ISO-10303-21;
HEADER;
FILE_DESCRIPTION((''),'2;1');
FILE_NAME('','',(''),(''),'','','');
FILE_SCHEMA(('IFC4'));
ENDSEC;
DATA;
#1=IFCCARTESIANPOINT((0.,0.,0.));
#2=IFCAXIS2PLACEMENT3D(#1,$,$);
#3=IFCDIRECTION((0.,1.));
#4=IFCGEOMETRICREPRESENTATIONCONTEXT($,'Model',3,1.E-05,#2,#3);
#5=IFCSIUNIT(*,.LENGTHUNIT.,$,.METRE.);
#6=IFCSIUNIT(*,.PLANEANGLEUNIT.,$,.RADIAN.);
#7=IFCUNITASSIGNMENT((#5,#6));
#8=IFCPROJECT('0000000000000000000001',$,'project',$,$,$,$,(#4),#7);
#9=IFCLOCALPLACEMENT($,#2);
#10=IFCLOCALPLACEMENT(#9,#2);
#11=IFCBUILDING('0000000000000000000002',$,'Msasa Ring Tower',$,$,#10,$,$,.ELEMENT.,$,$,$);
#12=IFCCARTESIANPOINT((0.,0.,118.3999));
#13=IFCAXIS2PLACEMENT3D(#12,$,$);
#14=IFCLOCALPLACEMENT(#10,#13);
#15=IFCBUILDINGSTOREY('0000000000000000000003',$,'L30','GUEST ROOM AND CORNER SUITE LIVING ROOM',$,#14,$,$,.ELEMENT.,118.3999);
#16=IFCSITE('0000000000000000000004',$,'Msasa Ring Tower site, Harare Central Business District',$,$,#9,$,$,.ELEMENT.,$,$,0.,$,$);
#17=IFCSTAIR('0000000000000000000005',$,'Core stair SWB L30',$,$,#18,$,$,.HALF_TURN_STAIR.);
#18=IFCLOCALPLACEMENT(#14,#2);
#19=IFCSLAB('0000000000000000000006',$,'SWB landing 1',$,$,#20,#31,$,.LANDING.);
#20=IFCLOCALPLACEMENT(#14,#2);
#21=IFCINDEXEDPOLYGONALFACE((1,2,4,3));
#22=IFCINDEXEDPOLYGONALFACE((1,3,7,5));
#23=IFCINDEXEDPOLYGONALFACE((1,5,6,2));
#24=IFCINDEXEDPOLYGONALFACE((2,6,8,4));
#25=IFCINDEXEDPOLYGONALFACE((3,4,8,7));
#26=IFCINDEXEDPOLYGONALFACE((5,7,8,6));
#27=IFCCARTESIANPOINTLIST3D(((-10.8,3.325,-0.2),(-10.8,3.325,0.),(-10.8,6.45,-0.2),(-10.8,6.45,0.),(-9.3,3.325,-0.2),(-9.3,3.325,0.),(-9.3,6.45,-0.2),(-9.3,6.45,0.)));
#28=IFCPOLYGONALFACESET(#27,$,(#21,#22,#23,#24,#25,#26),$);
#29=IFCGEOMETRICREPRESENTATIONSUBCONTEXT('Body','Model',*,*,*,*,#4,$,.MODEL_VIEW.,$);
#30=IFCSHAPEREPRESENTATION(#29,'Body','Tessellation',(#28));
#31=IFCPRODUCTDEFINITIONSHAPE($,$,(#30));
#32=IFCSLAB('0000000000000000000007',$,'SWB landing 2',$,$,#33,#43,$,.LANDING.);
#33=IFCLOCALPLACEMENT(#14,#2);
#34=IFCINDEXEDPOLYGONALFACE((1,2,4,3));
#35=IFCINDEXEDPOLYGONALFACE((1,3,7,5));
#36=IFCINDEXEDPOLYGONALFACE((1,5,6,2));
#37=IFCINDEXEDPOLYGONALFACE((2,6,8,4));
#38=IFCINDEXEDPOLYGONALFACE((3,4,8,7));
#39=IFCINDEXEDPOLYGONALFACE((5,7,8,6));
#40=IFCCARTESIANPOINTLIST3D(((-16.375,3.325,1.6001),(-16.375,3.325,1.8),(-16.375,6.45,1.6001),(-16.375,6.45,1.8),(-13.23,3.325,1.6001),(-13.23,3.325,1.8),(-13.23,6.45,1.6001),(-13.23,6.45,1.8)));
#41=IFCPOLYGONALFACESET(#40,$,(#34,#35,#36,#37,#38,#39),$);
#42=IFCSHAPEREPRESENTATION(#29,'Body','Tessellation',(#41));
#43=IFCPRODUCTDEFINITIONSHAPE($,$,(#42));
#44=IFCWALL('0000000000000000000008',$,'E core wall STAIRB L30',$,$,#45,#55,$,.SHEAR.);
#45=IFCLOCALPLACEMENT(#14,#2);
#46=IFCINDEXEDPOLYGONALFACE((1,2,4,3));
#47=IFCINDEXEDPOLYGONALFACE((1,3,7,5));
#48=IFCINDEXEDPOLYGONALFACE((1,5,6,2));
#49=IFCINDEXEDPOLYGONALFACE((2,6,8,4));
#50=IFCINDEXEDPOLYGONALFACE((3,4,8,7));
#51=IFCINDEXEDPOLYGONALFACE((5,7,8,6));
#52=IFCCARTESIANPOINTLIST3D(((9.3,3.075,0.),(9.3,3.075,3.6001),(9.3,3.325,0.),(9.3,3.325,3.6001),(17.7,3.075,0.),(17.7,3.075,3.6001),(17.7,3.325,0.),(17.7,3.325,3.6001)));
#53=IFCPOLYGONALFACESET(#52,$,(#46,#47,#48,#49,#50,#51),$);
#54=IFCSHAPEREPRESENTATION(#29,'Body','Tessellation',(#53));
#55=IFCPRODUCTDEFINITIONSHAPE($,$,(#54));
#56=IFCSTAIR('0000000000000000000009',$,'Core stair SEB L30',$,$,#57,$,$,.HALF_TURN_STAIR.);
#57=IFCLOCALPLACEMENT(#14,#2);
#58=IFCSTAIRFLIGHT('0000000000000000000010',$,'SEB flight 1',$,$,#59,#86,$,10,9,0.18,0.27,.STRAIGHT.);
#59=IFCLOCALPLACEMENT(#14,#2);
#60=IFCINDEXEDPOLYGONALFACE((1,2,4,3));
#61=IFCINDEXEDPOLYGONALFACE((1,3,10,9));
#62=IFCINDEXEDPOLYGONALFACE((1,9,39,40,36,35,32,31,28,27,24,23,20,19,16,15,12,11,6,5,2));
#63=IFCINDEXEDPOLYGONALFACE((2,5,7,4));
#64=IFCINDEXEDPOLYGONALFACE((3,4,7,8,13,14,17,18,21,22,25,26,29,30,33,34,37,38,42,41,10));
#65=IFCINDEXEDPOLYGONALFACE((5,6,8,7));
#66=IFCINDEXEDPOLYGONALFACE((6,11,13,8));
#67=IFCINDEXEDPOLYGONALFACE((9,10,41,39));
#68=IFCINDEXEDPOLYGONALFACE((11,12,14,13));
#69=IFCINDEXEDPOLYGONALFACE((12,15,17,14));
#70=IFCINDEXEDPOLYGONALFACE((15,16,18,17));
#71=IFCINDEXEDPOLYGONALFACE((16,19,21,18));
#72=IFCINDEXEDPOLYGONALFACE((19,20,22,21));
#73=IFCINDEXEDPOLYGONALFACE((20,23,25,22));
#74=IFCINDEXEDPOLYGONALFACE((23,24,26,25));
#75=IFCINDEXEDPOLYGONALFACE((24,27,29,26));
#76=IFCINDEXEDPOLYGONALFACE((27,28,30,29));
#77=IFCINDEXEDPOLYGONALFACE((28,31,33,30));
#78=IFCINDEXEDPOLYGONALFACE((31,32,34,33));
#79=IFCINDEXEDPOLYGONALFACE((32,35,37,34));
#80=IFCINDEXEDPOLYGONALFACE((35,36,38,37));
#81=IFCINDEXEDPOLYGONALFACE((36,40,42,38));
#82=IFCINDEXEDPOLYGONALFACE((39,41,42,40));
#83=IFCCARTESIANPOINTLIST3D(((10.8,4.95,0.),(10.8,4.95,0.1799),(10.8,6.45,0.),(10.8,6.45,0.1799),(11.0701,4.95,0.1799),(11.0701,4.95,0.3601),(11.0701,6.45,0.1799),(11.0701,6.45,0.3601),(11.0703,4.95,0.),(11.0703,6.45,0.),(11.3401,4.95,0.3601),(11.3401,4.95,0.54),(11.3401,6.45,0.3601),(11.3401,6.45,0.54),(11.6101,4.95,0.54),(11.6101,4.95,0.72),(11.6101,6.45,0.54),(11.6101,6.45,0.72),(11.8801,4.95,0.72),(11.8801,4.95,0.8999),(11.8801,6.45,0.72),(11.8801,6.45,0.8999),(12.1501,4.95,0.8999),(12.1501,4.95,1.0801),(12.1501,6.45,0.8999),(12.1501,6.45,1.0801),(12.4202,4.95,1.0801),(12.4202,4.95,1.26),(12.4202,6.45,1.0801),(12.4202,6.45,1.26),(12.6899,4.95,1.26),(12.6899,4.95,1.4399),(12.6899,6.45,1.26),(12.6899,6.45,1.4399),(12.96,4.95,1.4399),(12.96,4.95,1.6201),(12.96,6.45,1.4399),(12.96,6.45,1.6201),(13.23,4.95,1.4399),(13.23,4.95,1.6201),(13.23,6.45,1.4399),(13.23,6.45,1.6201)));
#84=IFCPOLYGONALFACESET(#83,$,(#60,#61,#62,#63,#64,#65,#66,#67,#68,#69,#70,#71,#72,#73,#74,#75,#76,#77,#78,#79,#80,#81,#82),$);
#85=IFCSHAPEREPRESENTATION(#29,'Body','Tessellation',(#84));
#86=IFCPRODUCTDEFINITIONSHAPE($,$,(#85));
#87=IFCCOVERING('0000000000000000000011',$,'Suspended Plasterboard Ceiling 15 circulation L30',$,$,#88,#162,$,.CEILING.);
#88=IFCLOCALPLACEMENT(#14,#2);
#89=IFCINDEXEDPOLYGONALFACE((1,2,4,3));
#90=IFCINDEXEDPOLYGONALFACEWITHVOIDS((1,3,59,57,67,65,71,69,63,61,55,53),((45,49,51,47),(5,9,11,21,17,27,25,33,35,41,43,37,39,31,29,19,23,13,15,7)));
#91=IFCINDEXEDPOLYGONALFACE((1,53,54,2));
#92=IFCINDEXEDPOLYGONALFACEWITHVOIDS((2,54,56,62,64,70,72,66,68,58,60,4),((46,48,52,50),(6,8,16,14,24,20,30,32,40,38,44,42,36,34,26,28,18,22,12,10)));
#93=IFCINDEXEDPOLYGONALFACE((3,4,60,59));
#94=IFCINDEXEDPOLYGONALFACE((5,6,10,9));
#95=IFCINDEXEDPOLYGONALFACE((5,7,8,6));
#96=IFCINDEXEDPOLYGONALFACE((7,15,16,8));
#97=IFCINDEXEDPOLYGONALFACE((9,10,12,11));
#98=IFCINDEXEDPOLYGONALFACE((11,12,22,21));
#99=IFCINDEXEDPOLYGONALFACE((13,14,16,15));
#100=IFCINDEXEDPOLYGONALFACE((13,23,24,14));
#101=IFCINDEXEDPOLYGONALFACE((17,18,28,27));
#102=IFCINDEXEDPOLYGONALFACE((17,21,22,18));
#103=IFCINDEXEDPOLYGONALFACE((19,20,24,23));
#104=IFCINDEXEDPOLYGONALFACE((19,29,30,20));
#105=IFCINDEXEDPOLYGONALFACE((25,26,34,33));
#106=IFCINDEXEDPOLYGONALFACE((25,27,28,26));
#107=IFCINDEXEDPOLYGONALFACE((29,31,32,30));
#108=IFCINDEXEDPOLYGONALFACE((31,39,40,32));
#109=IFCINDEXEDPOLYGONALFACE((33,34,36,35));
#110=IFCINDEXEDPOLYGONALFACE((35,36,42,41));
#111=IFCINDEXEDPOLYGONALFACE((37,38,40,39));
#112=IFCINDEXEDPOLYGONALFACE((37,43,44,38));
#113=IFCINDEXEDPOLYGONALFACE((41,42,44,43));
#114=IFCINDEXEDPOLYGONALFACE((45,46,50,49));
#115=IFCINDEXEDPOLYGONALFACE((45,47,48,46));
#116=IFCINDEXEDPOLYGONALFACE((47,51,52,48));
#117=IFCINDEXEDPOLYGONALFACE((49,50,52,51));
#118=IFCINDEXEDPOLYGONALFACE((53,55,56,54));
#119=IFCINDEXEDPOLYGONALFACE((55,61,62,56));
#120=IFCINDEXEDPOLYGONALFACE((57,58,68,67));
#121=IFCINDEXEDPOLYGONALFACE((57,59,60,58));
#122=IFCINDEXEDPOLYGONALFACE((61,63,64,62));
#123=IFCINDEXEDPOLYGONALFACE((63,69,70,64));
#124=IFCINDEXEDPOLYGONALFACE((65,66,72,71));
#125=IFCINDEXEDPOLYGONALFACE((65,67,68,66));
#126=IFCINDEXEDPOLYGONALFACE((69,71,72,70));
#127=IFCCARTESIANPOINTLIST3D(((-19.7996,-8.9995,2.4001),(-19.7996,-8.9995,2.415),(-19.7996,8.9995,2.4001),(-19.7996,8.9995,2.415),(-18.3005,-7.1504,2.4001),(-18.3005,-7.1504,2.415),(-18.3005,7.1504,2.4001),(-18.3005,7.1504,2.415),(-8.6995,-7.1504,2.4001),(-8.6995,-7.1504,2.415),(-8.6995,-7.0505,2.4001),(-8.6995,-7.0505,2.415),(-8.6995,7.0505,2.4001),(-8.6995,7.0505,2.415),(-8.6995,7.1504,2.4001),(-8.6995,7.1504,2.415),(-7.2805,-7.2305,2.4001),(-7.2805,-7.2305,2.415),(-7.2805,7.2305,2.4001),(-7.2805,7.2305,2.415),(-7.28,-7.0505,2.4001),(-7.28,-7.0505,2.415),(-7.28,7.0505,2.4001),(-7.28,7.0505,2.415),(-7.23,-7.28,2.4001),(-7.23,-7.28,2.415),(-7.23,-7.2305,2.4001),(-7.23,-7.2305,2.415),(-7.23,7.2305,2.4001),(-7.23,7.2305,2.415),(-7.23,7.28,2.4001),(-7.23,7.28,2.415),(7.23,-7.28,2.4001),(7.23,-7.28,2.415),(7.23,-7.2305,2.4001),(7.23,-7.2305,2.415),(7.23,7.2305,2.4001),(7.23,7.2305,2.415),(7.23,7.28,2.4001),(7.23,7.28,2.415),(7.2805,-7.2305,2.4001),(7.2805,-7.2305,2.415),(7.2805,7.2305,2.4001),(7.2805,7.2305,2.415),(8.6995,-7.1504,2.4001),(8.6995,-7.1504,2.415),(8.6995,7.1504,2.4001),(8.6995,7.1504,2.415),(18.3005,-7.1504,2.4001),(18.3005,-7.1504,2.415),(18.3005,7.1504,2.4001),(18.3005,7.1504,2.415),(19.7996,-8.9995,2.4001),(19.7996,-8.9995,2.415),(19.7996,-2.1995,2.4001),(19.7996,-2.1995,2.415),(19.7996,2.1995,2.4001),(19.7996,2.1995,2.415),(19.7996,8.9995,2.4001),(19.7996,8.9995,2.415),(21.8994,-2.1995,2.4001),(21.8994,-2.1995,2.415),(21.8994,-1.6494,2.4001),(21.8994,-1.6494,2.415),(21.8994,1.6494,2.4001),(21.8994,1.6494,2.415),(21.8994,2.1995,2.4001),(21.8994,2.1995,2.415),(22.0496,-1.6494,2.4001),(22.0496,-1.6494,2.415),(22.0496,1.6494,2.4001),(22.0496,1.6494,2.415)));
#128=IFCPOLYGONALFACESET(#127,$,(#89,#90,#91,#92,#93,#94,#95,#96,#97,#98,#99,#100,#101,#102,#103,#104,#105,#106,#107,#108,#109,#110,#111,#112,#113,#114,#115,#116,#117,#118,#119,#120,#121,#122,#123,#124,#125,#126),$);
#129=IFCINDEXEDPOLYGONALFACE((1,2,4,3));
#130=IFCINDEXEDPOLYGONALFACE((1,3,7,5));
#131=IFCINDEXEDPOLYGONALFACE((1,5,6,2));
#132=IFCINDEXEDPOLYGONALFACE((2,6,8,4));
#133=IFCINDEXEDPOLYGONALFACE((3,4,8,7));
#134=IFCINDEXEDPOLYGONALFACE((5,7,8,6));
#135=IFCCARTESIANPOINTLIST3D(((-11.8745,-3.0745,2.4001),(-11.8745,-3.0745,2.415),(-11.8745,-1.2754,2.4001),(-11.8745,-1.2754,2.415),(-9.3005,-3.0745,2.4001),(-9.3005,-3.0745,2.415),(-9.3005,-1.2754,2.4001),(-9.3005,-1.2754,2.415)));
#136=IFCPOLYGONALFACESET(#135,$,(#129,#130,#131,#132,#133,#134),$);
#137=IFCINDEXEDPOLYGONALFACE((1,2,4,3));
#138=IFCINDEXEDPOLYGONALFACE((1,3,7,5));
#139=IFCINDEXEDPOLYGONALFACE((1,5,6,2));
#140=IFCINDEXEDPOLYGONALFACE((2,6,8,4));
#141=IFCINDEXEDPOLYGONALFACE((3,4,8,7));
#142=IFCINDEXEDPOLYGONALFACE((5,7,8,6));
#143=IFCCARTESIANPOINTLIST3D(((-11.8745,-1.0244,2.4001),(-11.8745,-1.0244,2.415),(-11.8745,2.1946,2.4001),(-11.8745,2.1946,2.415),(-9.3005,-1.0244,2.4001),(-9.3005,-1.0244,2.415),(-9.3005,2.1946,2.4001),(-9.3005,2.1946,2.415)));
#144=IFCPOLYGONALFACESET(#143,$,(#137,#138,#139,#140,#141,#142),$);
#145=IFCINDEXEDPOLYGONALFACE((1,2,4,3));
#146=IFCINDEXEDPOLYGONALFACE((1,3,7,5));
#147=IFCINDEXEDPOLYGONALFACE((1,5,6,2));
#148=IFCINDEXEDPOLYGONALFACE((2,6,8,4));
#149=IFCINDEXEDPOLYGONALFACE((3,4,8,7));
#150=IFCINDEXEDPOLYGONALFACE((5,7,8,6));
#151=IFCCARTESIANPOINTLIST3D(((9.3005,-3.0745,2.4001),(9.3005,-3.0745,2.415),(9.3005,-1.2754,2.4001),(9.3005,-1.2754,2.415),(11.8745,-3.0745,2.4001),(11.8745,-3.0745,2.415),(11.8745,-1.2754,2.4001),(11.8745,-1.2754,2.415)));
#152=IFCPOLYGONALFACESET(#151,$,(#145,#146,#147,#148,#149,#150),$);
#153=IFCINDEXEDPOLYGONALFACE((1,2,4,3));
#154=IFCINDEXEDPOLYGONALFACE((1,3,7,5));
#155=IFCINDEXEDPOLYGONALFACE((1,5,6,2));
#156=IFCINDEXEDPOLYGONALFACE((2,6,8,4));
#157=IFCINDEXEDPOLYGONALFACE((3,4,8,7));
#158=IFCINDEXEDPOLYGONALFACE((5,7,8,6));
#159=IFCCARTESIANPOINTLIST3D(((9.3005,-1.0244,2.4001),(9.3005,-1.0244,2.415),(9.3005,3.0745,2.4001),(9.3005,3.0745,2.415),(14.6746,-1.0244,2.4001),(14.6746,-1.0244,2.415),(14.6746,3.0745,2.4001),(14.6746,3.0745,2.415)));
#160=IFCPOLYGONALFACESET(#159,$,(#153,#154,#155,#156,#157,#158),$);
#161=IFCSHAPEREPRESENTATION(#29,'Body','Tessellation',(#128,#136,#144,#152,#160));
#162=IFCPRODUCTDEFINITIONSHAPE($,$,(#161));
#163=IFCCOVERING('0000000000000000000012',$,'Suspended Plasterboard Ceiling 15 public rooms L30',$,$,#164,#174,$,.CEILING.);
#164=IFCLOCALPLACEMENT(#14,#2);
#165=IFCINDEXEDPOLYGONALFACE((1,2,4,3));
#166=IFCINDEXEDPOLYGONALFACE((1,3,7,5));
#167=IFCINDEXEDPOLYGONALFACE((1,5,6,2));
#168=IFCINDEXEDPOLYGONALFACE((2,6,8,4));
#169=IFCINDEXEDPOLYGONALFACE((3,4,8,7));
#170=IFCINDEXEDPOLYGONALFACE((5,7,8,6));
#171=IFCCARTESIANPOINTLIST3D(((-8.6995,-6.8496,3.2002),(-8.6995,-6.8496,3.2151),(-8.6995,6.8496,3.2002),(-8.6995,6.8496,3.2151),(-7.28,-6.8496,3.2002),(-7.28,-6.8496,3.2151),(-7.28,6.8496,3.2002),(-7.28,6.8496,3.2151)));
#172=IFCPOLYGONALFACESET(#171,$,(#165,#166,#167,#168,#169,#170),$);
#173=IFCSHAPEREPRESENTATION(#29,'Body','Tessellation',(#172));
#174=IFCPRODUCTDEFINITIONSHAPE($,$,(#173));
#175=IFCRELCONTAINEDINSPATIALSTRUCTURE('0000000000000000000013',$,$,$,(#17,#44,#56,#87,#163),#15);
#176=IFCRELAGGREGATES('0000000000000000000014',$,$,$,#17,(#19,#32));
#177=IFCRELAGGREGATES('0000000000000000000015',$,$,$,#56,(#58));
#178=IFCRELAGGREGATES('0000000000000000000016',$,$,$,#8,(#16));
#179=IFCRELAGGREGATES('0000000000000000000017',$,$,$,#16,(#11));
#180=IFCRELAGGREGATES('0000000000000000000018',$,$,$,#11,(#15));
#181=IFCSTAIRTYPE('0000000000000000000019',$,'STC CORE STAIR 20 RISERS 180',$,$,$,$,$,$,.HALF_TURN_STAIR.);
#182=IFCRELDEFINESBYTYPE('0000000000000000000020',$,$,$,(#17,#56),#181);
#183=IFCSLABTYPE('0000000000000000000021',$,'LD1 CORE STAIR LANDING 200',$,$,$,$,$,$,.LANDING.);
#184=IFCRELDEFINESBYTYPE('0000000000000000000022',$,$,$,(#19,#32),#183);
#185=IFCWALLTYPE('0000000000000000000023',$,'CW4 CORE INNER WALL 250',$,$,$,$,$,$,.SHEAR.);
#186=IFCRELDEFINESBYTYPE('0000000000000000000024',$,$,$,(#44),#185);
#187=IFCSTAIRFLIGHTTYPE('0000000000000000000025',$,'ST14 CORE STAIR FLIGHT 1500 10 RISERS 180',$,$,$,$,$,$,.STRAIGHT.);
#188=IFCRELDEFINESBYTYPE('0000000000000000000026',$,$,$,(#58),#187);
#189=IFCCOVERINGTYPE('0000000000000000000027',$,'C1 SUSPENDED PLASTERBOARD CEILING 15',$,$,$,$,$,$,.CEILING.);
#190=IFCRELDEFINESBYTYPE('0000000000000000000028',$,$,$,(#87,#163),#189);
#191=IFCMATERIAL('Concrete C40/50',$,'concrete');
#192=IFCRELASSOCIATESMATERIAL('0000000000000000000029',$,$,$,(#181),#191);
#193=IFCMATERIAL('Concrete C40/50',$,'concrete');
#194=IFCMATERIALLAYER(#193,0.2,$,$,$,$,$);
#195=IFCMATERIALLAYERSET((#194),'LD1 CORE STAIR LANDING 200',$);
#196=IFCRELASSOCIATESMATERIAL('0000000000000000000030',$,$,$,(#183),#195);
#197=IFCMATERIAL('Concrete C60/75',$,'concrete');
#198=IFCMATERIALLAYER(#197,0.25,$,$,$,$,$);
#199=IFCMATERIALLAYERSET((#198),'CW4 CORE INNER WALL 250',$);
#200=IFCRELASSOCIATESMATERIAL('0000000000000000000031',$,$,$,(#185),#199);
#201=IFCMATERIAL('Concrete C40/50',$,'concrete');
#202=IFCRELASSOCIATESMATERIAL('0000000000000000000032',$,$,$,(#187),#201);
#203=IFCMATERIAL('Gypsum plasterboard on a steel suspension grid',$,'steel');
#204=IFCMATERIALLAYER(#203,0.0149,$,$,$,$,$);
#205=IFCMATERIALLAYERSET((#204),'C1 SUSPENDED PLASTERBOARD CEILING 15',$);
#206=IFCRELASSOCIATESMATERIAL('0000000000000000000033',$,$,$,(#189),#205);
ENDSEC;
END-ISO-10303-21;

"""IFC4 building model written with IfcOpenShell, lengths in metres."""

from ifc_helpers import new_model, si_unit, direction, frame, frame_2d, origin, place, context, subcontext, project, spatial, polyline, line, indexed_curve, rectangle, outline, extrude, material, layer, layer_set, type_object, element, aggregate, save


model = new_model("IFC4")

# Units and contexts
model_context = context("Model", 3, precision=1e-05, world=origin(), true_north=direction((0.0, 1.0)))
body_context = subcontext(model_context, "Body", "Model", "MODEL_VIEW")
ifc_project = project(units=[si_unit("LENGTHUNIT", "METRE"), si_unit("PLANEANGLEUNIT", "RADIAN")], contexts=[model_context])

# Site, building, storey
site_placement = place(None, origin())
site = spatial("IfcSite", under=ifc_project, at=site_placement, Name="Msasa Ring Tower site, Harare Central Business District", CompositionType="ELEMENT", RefElevation=0.0)
building_placement = place(site_placement, origin())
building = spatial("IfcBuilding", under=site, at=building_placement, Name="Msasa Ring Tower", CompositionType="ELEMENT")
storey_placement = place(building_placement, frame((0.0, 0.0, 118.3999)))
storey = spatial("IfcBuildingStorey", under=building, at=storey_placement, Name="L30", Description="GUEST ROOM AND CORNER SUITE LIVING ROOM", CompositionType="ELEMENT", Elevation=118.3999)

# Stair, slabs
ifc_material_1 = material(Name="Concrete C40/50", Category="concrete")
stair_type = type_object("IfcStairType", Name="STC CORE STAIR 20 RISERS 180", PredefinedType="HALF_TURN_STAIR", material=ifc_material_1)
ifc_material_2 = material(Name="Concrete C40/50", Category="concrete")
ifc_layer_1 = layer(ifc_material_2, 0.2)
ifc_layer_set_1 = layer_set([ifc_layer_1], Name="LD1 CORE STAIR LANDING 200")
slab_type = type_object("IfcSlabType", Name="LD1 CORE STAIR LANDING 200", PredefinedType="LANDING", material=ifc_layer_set_1)
stair_1_placement = place(storey_placement, origin())
stair_1 = element("IfcStair", 1, at=stair_1_placement, inside=storey, type_object=stair_type, Name="Core stair SWB L30", PredefinedType="HALF_TURN_STAIR")
slab_1_placement = place(storey_placement, frame((0.0, 0.0, -0.2)))
slab_1 = element("IfcSlab", 2, at=slab_1_placement, type_object=slab_type, Name="SWB landing 1", PredefinedType="LANDING", context=body_context, shape_type="SweptSolid", body=[
    extrude(outline(polyline([(-10.8, 3.325), (-9.3, 3.325), (-9.3, 6.45), (-10.8, 6.45), (-10.8, 3.325)])), origin(), (0.0, 0.0, 1.0), 0.2),
])
slab_2_placement = place(storey_placement, frame((0.0, 0.0, 1.6001)))
slab_2 = element("IfcSlab", 3, at=slab_2_placement, type_object=slab_type, Name="SWB landing 2", PredefinedType="LANDING", context=body_context, shape_type="SweptSolid", body=[
    extrude(outline(polyline([(-16.375, 3.325), (-13.23, 3.325), (-13.23, 6.45), (-16.375, 6.45), (-16.375, 3.325)])), origin(), (0.0, 0.0, 1.0), 0.2),
])
aggregate(stair_1, [slab_1, slab_2])

# Wall
ifc_material_3 = material(Name="Concrete C60/75", Category="concrete")
ifc_layer_2 = layer(ifc_material_3, 0.25)
ifc_layer_set_2 = layer_set([ifc_layer_2], Name="CW4 CORE INNER WALL 250")
wall_type = type_object("IfcWallType", Name="CW4 CORE INNER WALL 250", PredefinedType="SHEAR", material=ifc_layer_set_2)
wall_placement = place(storey_placement, frame((9.3, 3.2, 0.0), z_axis=(0.0, 0.0, 1.0), x_axis=(1.0, 0.0, 0.0)))
element("IfcWall", 4, at=wall_placement, inside=storey, type_object=wall_type, Name="E core wall STAIRB L30", PredefinedType="SHEAR", context=body_context, shape_type="SweptSolid", body=[
    extrude(rectangle(XDim=8.3999, YDim=0.25, at=frame_2d((4.2, 0.0))), origin(), (0.0, 0.0, 1.0), 3.6001),
])

# Stair, stair flight
stair_2_placement = place(storey_placement, origin())
stair_2 = element("IfcStair", 5, at=stair_2_placement, inside=storey, type_object=stair_type, Name="Core stair SEB L30", PredefinedType="HALF_TURN_STAIR")
ifc_material_4 = material(Name="Concrete C40/50", Category="concrete")
stair_flight_type = type_object("IfcStairFlightType", Name="ST14 CORE STAIR FLIGHT 1500 10 RISERS 180", PredefinedType="STRAIGHT", material=ifc_material_4)
stair_flight_placement = place(storey_placement, frame((10.8, 5.7, 0.0), z_axis=(0.0, 0.0, 1.0), x_axis=(1.0, 0.0, 0.0)))
stair_flight = element("IfcStairFlight", 6, at=stair_flight_placement, type_object=stair_flight_type, Name="SEB flight 1", NumberOfRisers=10, NumberOfTreads=9, PredefinedType="STRAIGHT", RiserHeight=0.18, TreadLength=0.27, context=body_context, shape_type="SweptSolid", body=[
    extrude(outline(polyline([(0.0, 0.0), (0.0, 0.1799), (0.27, 0.1799), (0.27, 0.3601), (0.54, 0.3601), (0.54, 0.54), (0.8101, 0.54), (0.8101, 0.72), (1.0801, 0.72), (1.0801, 0.8999), (1.3501, 0.8999), (1.3501, 1.0801), (1.6201, 1.0801), (1.6201, 1.26), (1.8899, 1.26), (1.8899, 1.4399), (2.1599, 1.4399), (2.1599, 1.6201), (2.4299, 1.6201), (2.4299, 1.8), (2.4299, 1.4399), (0.2703, 0.0), (0.0, 0.0)])), frame((0.0, 0.75, 0.0), z_axis=(0.0, -1.0, 0.0), x_axis=(1.0, 0.0, 0.0)), (0.0, 0.0, 1.0), 1.5),
])
aggregate(stair_2, [stair_flight])

# Coverings
ifc_material_5 = material(Name="Gypsum plasterboard on a steel suspension grid", Category="steel")
ifc_layer_3 = layer(ifc_material_5, 0.0149)
ifc_layer_set_3 = layer_set([ifc_layer_3], Name="C1 SUSPENDED PLASTERBOARD CEILING 15")
covering_type_1 = type_object("IfcCoveringType", Name="C1 SUSPENDED PLASTERBOARD CEILING 15", PredefinedType="CEILING", material=ifc_layer_set_3)
covering_1_placement = place(storey_placement, frame((0.0, 0.0, 2.4001)))
element("IfcCovering", 7, at=covering_1_placement, inside=storey, type_object=covering_type_1, Name="Suspended Plasterboard Ceiling 15 circulation L30", PredefinedType="CEILING", context=body_context, shape_type="SweptSolid", body=[
    extrude(outline(indexed_curve([(19.7996, 2.1995), (21.8994, 2.1995), (21.8994, 1.6494), (22.0496, 1.6494), (22.0496, -1.6494), (21.8994, -1.6494), (21.8994, -2.1995), (19.7996, -2.1995), (19.7996, -8.9995), (-19.7996, -8.9995), (-19.7996, 8.9995), (19.7996, 8.9995)], segments=[line(1, 2, 3, 4, 5, 6, 7, 8, 9, 10, 11, 12, 1)], self_intersect=False), holes=[indexed_curve([(18.3005, -7.1504), (18.3005, 7.1504), (8.6995, 7.1504), (8.6995, -7.1504)], segments=[line(1, 2, 3, 4, 1)], self_intersect=False), indexed_curve([(-8.6995, 7.1504), (-18.3005, 7.1504), (-18.3005, -7.1504), (-8.6995, -7.1504), (-8.6995, -7.0505), (-7.28, -7.0505), (-7.2805, -7.2305), (-7.23, -7.2305), (-7.23, -7.28), (7.23, -7.28), (7.23, -7.2305), (7.2805, -7.2305), (7.2805, 7.2305), (7.23, 7.2305), (7.23, 7.28), (-7.23, 7.28), (-7.23, 7.2305), (-7.2805, 7.2305), (-7.28, 7.0505), (-8.6995, 7.0505)], segments=[line(1, 2, 3, 4, 5, 6, 7, 8, 9, 10, 11, 12, 13, 14, 15, 16, 17, 18, 19, 20, 1)], self_intersect=False)]), origin(), (0.0, 0.0, 1.0), 0.0149),
    extrude(outline(indexed_curve([(-9.3005, -3.0745), (-11.8745, -3.0745), (-11.8745, -1.2754), (-9.3005, -1.2754)], segments=[line(1, 2, 3, 4, 1)], self_intersect=False)), origin(), (0.0, 0.0, 1.0), 0.0149),
    extrude(outline(indexed_curve([(-11.8745, -1.0244), (-11.8745, 2.1946), (-9.3005, 2.1946), (-9.3005, -1.0244)], segments=[line(1, 2, 3, 4, 1)], self_intersect=False)), origin(), (0.0, 0.0, 1.0), 0.0149),
    extrude(outline(indexed_curve([(11.8745, -3.0745), (9.3005, -3.0745), (9.3005, -1.2754), (11.8745, -1.2754)], segments=[line(1, 2, 3, 4, 1)], self_intersect=False)), origin(), (0.0, 0.0, 1.0), 0.0149),
    extrude(outline(indexed_curve([(9.3005, -1.0244), (9.3005, 3.0745), (14.6746, 3.0745), (14.6746, -1.0244)], segments=[line(1, 2, 3, 4, 1)], self_intersect=False)), origin(), (0.0, 0.0, 1.0), 0.0149),
])
covering_2_placement = place(storey_placement, frame((0.0, 0.0, 3.2002)))
element("IfcCovering", 8, at=covering_2_placement, inside=storey, type_object=covering_type_1, Name="Suspended Plasterboard Ceiling 15 public rooms L30", PredefinedType="CEILING", context=body_context, shape_type="SweptSolid", body=[
    extrude(outline(indexed_curve([(-8.6995, 6.8496), (-7.28, 6.8496), (-7.28, -6.8496), (-8.6995, -6.8496)], segments=[line(1, 2, 3, 4, 1)], self_intersect=False)), origin(), (0.0, 0.0, 1.0), 0.0149),
])

save(model, "model.ifc")
